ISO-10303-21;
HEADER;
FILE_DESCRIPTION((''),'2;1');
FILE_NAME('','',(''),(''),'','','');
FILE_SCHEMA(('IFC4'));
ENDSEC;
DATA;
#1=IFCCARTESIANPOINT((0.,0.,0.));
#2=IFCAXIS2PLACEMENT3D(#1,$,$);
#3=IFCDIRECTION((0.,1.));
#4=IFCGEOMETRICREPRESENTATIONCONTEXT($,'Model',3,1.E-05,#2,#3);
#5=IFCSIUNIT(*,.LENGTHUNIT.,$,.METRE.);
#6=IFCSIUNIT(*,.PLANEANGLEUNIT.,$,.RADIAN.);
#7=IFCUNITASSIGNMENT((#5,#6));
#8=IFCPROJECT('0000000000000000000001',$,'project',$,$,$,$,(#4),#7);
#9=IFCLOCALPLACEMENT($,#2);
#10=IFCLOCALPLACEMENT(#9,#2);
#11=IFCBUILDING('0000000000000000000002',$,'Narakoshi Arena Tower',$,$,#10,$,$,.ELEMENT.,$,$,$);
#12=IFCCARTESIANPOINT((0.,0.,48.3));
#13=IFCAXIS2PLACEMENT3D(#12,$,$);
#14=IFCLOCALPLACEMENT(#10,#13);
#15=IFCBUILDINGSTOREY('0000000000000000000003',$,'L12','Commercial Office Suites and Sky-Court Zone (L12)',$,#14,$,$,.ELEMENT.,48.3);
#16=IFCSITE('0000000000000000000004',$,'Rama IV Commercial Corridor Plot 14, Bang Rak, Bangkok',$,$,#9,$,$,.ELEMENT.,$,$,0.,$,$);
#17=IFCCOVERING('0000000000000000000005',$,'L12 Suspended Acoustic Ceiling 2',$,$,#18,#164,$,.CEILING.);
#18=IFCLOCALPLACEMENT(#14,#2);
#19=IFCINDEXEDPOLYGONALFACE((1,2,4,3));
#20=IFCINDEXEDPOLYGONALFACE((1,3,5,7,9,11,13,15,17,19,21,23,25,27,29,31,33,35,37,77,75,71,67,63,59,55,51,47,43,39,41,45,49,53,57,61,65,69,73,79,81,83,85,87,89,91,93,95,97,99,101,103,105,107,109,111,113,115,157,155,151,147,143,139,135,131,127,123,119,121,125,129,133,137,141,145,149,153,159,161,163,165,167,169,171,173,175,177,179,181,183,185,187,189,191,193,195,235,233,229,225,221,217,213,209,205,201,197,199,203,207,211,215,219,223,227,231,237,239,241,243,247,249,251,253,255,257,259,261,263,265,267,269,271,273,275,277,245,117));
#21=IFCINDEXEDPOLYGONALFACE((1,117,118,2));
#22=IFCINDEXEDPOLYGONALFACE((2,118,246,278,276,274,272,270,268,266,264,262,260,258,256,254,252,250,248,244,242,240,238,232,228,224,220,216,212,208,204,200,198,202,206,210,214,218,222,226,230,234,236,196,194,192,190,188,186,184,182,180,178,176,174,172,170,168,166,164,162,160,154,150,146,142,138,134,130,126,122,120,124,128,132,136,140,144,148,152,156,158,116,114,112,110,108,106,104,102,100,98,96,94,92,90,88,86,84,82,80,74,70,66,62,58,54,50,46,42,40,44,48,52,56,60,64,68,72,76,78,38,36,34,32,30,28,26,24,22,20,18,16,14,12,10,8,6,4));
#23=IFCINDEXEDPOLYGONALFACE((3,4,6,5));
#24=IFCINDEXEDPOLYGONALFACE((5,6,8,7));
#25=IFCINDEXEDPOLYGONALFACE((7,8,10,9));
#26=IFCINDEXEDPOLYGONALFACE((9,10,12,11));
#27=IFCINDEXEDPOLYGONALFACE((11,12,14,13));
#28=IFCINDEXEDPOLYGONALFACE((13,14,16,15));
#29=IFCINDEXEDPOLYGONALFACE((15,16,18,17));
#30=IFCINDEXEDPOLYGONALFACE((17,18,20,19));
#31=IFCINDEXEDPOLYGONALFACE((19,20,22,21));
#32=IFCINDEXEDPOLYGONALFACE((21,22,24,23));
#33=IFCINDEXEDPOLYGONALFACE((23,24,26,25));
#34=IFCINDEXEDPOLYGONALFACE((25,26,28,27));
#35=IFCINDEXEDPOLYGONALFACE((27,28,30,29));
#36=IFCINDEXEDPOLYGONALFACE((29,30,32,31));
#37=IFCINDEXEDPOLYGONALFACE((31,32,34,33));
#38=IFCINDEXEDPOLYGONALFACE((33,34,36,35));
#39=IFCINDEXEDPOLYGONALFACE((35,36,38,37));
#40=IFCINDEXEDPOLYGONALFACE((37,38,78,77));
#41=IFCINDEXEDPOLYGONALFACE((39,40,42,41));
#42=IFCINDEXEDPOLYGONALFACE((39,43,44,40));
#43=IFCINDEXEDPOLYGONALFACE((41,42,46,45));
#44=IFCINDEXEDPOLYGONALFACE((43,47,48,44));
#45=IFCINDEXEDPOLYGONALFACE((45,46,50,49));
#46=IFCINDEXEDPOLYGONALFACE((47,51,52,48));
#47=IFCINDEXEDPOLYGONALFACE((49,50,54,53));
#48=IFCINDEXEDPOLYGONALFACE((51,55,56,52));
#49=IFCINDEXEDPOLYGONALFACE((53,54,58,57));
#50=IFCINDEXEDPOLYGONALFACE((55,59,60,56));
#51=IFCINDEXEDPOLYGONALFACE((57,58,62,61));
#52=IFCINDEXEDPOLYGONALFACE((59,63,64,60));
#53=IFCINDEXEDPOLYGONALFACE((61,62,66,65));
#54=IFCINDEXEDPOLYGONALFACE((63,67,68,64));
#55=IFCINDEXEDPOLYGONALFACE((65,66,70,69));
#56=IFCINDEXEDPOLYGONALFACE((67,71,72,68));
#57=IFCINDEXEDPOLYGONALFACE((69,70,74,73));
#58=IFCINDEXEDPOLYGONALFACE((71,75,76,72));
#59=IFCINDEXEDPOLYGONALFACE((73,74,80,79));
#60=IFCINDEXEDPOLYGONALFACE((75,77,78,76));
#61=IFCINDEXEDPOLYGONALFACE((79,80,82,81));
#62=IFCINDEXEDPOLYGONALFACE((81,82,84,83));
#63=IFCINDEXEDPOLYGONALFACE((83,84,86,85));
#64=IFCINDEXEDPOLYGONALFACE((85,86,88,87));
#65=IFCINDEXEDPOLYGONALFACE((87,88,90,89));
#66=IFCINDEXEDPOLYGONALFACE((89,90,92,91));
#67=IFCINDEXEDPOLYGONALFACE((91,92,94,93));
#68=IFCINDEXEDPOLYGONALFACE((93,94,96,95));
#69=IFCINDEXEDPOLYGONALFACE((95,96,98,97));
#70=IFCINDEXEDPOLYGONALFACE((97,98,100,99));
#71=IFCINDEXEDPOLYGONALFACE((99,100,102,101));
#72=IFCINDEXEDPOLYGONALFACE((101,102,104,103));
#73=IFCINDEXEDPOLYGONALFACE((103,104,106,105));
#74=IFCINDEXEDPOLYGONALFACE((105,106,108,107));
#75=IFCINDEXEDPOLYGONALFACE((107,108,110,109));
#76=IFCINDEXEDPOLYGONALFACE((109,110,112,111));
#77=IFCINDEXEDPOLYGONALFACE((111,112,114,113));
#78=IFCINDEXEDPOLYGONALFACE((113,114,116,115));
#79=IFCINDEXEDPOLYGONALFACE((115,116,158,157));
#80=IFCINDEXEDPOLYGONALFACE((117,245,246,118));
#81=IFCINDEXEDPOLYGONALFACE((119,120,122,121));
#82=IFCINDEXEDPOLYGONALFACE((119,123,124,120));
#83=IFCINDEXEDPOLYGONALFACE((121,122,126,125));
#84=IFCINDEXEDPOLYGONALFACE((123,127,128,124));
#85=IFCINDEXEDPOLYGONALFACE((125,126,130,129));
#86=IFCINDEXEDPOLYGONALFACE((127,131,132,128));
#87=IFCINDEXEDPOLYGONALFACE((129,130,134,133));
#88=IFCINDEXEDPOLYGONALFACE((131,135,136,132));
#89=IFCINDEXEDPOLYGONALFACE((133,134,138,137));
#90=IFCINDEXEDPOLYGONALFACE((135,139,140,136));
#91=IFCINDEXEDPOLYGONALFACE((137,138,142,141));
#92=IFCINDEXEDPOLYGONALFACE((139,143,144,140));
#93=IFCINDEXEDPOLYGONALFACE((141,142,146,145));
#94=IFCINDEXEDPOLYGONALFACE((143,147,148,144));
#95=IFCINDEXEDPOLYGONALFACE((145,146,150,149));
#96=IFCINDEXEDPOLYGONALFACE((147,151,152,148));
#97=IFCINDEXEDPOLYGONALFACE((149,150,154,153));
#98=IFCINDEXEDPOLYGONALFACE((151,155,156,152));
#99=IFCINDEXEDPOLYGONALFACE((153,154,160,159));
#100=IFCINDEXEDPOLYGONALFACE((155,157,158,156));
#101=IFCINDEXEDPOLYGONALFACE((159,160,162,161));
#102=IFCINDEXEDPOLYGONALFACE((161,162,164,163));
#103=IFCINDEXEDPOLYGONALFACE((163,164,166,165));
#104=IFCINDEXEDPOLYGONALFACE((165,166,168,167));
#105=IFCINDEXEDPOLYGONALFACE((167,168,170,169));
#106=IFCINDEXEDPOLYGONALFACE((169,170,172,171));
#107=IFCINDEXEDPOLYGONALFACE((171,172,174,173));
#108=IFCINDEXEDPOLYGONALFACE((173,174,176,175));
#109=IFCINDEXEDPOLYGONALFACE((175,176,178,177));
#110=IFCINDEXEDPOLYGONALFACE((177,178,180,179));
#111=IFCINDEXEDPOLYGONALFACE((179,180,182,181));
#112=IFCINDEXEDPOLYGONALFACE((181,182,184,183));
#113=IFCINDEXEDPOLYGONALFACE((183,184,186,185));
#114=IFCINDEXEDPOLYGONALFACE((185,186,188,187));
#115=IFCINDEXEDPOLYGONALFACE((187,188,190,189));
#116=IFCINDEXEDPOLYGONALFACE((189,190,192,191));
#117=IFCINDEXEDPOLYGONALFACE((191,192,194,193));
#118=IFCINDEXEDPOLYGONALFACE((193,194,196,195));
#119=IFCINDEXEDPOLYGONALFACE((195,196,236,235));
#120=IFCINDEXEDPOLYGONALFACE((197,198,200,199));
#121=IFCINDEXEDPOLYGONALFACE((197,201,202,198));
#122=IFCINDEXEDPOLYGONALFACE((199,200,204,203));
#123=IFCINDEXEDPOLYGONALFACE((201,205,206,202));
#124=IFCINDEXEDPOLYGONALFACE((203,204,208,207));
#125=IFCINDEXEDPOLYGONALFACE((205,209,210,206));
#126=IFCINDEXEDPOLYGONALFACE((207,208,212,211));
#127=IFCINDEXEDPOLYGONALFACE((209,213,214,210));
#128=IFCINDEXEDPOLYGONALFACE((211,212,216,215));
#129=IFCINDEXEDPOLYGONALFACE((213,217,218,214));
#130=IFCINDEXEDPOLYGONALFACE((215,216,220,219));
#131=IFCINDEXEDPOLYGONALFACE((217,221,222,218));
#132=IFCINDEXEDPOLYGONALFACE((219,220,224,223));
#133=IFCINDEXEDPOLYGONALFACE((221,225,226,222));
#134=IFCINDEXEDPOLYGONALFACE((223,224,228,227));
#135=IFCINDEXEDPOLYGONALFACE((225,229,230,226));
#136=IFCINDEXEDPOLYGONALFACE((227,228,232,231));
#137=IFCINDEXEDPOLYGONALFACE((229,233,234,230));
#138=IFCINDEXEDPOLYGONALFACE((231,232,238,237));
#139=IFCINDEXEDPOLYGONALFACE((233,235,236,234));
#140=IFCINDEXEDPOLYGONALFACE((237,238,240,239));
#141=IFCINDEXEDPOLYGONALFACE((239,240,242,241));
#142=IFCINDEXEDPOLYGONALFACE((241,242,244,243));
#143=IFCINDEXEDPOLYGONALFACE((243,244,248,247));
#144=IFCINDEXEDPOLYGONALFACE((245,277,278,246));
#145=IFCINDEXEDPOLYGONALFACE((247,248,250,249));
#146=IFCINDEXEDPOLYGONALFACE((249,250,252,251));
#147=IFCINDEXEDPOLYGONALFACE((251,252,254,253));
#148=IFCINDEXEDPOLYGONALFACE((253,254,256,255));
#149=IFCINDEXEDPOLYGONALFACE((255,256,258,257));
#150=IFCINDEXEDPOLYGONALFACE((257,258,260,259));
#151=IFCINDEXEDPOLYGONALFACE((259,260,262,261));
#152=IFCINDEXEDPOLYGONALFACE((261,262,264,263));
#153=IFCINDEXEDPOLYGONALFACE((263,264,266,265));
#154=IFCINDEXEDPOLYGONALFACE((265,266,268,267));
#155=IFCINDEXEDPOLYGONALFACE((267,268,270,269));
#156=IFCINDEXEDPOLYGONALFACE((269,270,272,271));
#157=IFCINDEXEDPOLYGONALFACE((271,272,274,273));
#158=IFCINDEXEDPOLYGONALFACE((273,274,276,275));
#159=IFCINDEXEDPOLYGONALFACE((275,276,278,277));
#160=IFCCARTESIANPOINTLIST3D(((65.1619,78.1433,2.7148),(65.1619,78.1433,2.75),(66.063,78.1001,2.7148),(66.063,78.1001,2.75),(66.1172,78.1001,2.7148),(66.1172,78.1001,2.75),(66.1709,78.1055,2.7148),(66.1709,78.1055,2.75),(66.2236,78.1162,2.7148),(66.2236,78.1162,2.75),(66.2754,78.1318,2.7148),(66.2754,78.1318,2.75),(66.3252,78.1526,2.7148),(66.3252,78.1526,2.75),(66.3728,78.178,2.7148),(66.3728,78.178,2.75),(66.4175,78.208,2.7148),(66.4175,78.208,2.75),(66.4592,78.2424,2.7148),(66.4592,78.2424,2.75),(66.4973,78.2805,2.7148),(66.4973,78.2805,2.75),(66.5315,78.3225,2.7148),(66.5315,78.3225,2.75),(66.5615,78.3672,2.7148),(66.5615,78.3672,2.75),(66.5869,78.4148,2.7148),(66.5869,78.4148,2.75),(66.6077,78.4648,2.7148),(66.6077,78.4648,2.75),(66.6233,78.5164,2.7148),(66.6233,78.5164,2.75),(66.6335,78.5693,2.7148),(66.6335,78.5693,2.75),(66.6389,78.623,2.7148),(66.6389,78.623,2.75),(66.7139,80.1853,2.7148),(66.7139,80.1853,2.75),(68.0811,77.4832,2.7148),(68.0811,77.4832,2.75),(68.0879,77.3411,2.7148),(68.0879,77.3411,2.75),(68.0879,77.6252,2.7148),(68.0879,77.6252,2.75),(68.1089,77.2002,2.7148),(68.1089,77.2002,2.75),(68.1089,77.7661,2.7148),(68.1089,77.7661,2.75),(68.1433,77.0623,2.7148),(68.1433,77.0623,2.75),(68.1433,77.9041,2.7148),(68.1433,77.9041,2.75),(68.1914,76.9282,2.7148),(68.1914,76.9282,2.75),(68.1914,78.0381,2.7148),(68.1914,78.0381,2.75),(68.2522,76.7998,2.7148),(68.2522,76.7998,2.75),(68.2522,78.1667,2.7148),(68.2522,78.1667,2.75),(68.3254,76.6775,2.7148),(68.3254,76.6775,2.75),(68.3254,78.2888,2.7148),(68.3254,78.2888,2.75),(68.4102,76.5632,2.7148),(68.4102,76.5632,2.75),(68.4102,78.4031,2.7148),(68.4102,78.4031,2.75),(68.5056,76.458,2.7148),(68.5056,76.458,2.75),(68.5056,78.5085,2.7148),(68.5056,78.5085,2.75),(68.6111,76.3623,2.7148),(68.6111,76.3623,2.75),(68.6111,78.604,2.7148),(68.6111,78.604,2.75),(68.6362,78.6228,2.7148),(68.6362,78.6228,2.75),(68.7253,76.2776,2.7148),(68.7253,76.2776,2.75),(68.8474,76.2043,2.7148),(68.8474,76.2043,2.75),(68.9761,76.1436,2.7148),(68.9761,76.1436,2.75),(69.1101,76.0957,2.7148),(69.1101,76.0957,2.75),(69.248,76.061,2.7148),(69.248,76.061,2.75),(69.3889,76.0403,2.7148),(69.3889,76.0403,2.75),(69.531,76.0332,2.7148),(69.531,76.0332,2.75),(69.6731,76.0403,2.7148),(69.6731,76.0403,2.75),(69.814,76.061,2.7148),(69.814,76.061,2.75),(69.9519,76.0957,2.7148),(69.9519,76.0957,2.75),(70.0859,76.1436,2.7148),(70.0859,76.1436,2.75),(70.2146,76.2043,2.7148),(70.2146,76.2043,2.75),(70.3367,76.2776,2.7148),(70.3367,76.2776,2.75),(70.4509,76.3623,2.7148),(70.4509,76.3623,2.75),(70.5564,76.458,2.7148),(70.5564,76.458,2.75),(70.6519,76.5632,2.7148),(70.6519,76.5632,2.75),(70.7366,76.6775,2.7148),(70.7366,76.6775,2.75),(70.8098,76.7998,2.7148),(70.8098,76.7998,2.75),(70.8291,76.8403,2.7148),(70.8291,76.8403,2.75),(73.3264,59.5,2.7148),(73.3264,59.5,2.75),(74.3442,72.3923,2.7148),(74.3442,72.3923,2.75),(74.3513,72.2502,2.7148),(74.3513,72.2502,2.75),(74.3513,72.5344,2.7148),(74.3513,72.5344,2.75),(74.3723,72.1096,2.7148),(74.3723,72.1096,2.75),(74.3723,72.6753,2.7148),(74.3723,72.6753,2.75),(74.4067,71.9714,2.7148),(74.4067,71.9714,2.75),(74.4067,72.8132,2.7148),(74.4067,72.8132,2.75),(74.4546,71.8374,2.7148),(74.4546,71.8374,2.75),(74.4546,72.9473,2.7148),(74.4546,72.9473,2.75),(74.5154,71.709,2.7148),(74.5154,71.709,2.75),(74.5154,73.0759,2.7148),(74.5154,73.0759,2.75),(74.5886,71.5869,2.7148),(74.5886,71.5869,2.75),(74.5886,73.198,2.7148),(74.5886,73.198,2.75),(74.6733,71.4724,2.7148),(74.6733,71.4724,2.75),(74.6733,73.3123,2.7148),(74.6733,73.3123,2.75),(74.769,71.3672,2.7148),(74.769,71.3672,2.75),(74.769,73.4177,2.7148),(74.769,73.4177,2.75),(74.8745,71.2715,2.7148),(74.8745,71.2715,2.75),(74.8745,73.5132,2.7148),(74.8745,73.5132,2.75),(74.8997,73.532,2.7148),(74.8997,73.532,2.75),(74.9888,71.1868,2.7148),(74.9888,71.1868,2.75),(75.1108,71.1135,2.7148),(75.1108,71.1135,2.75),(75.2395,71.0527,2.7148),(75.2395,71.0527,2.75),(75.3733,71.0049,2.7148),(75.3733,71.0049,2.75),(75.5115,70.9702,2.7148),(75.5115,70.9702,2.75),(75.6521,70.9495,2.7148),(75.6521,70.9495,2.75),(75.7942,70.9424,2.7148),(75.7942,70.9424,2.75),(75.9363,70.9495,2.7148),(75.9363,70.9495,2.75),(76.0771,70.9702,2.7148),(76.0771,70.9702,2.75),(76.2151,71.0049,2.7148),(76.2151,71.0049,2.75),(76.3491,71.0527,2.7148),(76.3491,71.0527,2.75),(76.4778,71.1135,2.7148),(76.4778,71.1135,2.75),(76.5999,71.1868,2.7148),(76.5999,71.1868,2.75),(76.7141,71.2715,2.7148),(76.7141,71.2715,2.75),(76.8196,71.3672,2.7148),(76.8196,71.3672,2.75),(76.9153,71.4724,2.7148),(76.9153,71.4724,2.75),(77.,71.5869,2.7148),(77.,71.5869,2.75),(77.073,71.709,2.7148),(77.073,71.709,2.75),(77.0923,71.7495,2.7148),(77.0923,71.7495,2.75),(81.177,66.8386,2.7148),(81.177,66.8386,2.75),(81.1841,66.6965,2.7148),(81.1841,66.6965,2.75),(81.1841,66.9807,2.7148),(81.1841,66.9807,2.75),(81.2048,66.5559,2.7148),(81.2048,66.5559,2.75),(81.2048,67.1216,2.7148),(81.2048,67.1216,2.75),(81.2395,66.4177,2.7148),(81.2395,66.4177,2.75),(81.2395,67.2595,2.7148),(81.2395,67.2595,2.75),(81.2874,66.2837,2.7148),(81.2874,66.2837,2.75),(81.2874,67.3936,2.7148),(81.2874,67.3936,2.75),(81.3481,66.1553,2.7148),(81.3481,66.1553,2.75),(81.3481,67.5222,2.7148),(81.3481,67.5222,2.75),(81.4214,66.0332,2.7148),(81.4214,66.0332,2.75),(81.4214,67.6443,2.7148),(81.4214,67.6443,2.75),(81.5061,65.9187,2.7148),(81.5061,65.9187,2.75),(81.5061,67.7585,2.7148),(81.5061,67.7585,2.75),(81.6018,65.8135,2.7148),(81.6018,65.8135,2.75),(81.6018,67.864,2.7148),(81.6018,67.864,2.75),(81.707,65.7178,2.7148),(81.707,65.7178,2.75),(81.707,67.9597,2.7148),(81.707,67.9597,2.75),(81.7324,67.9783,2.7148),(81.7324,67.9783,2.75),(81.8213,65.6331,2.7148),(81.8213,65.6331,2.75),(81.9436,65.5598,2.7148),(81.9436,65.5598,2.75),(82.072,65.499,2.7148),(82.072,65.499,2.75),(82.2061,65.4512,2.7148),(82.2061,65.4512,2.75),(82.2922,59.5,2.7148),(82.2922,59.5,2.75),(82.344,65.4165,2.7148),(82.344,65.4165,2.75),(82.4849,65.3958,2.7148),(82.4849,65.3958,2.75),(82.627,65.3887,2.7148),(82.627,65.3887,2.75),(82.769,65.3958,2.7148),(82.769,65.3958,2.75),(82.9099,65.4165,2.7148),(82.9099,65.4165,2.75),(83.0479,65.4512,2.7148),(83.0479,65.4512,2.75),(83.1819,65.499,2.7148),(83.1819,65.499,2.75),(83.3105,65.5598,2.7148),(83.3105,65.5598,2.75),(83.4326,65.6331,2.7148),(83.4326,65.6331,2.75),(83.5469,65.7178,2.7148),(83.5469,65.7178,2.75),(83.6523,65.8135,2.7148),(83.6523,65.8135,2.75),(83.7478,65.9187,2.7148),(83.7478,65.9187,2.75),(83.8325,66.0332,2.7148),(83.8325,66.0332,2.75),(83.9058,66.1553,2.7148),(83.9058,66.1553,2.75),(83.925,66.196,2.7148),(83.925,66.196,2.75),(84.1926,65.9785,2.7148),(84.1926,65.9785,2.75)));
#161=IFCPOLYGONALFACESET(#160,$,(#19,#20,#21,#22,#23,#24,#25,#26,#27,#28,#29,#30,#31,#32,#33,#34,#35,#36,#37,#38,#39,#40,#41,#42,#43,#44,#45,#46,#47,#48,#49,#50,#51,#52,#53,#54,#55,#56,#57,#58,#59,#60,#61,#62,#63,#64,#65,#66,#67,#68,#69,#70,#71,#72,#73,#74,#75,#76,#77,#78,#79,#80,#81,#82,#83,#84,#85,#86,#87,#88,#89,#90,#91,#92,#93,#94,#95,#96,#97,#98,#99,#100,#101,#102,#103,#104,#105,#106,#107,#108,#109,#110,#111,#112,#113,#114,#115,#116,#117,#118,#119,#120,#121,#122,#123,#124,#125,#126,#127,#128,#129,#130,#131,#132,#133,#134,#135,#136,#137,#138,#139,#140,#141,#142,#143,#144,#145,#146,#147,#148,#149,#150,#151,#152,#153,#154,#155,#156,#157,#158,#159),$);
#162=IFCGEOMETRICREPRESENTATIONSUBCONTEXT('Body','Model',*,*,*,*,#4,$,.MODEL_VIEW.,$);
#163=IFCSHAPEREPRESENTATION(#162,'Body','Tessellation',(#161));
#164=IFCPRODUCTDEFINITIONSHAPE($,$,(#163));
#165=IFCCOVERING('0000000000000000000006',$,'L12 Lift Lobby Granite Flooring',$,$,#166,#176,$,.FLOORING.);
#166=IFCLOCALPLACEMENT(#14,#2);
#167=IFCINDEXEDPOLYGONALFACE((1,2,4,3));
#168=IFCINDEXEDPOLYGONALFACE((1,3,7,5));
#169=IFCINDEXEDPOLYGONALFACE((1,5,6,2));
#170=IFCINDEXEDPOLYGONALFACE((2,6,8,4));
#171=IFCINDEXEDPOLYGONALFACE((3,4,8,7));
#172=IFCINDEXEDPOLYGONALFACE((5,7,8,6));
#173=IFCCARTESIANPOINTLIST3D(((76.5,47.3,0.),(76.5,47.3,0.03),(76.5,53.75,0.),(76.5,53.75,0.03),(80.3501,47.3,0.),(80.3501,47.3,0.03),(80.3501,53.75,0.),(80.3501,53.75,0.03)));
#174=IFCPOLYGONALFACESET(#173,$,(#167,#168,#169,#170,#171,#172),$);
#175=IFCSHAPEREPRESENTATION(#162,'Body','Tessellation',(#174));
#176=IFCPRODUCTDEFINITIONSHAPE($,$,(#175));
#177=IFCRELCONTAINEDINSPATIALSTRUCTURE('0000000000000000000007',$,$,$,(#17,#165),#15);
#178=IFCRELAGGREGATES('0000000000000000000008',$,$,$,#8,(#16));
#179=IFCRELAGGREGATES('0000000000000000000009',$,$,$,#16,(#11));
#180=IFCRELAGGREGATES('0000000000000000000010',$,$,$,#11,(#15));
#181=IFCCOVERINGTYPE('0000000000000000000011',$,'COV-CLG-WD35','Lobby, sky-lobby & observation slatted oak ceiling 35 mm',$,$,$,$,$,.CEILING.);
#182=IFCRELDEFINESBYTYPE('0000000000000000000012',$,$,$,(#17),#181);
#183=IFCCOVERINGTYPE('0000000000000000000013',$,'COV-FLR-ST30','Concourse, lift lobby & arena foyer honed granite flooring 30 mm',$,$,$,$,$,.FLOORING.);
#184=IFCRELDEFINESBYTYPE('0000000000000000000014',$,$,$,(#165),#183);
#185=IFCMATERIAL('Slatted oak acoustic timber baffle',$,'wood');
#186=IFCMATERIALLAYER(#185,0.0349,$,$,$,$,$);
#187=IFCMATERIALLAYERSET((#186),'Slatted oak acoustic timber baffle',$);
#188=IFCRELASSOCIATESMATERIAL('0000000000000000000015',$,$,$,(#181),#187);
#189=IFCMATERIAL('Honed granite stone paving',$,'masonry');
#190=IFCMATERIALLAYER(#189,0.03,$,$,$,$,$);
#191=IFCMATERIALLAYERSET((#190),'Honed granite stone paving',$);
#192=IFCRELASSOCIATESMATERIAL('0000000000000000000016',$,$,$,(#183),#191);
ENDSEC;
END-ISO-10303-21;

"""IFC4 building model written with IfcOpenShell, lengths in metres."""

from ifc_helpers import new_model, si_unit, direction, frame, origin, place, context, subcontext, project, spatial, polyline, outline, extrude, material, layer, layer_set, type_object, element, save


model = new_model("IFC4")

# Units and contexts
model_context = context("Model", 3, precision=1e-05, world=origin(), true_north=direction((0.0, 1.0)))
body_context = subcontext(model_context, "Body", "Model", "MODEL_VIEW")
ifc_project = project(units=[si_unit("LENGTHUNIT", "METRE"), si_unit("PLANEANGLEUNIT", "RADIAN")], contexts=[model_context])

# Site, building, storey
site_placement = place(None, origin())
site = spatial("IfcSite", under=ifc_project, at=site_placement, Name="Rama IV Commercial Corridor Plot 14, Bang Rak, Bangkok", CompositionType="ELEMENT", RefElevation=0.0)
building_placement = place(site_placement, origin())
building = spatial("IfcBuilding", under=site, at=building_placement, Name="Narakoshi Arena Tower", CompositionType="ELEMENT")
storey_placement = place(building_placement, frame((0.0, 0.0, 48.3)))
storey = spatial("IfcBuildingStorey", under=building, at=storey_placement, Name="L12", Description="Commercial Office Suites and Sky-Court Zone (L12)", CompositionType="ELEMENT", Elevation=48.3)

# Coverings
ifc_material_1 = material(Name="Slatted oak acoustic timber baffle", Category="wood")
ifc_layer_1 = layer(ifc_material_1, 0.0349)
ifc_layer_set_1 = layer_set([ifc_layer_1], Name="Slatted oak acoustic timber baffle")
covering_type_1 = type_object("IfcCoveringType", Name="COV-CLG-WD35", Description="Lobby, sky-lobby & observation slatted oak ceiling 35 mm", PredefinedType="CEILING", material=ifc_layer_set_1)
covering_1_placement = place(storey_placement, frame((0.0, 0.0, 2.7148)))
element("IfcCovering", 1, at=covering_1_placement, inside=storey, type_object=covering_type_1, Name="L12 Suspended Acoustic Ceiling 2", PredefinedType="CEILING", context=body_context, shape_type="SweptSolid", body=[
    extrude(outline(polyline([(66.1172, 78.1001), (66.1709, 78.1055), (66.2236, 78.1162), (66.2754, 78.1318), (66.3252, 78.1526), (66.3728, 78.178), (66.4175, 78.208), (66.4592, 78.2424), (66.4973, 78.2805), (66.5315, 78.3225), (66.5615, 78.3672), (66.5869, 78.4148), (66.6077, 78.4648), (66.6233, 78.5164), (66.6335, 78.5693), (66.6389, 78.623), (66.7139, 80.1853), (68.6362, 78.6228), (68.6111, 78.604), (68.5056, 78.5085), (68.4102, 78.4031), (68.3254, 78.2888), (68.2522, 78.1667), (68.1914, 78.0381), (68.1433, 77.9041), (68.1089, 77.7661), (68.0879, 77.6252), (68.0811, 77.4832), (68.0879, 77.3411), (68.1089, 77.2002), (68.1433, 77.0623), (68.1914, 76.9282), (68.2522, 76.7998), (68.3254, 76.6775), (68.4102, 76.5632), (68.5056, 76.458), (68.6111, 76.3623), (68.7253, 76.2776), (68.8474, 76.2043), (68.9761, 76.1436), (69.1101, 76.0957), (69.248, 76.061), (69.3889, 76.0403), (69.531, 76.0332), (69.6731, 76.0403), (69.814, 76.061), (69.9519, 76.0957), (70.0859, 76.1436), (70.2146, 76.2043), (70.3367, 76.2776), (70.4509, 76.3623), (70.5564, 76.458), (70.6519, 76.5632), (70.7366, 76.6775), (70.8098, 76.7998), (70.8291, 76.8403), (74.8997, 73.532), (74.8745, 73.5132), (74.769, 73.4177), (74.6733, 73.3123), (74.5886, 73.198), (74.5154, 73.0759), (74.4546, 72.9473), (74.4067, 72.8132), (74.3723, 72.6753), (74.3513, 72.5344), (74.3442, 72.3923), (74.3513, 72.2502), (74.3723, 72.1096), (74.4067, 71.9714), (74.4546, 71.8374), (74.5154, 71.709), (74.5886, 71.5869), (74.6733, 71.4724), (74.769, 71.3672), (74.8745, 71.2715), (74.9888, 71.1868), (75.1108, 71.1135), (75.2395, 71.0527), (75.3733, 71.0049), (75.5115, 70.9702), (75.6521, 70.9495), (75.7942, 70.9424), (75.9363, 70.9495), (76.0771, 70.9702), (76.2151, 71.0049), (76.3491, 71.0527), (76.4778, 71.1135), (76.5999, 71.1868), (76.7141, 71.2715), (76.8196, 71.3672), (76.9153, 71.4724), (77.0, 71.5869), (77.073, 71.709), (77.0923, 71.7495), (81.7324, 67.9783), (81.707, 67.9597), (81.6018, 67.864), (81.5061, 67.7585), (81.4214, 67.6443), (81.3481, 67.5222), (81.2874, 67.3936), (81.2395, 67.2595), (81.2048, 67.1216), (81.1841, 66.9807), (81.177, 66.8386), (81.1841, 66.6965), (81.2048, 66.5559), (81.2395, 66.4177), (81.2874, 66.2837), (81.3481, 66.1553), (81.4214, 66.0332), (81.5061, 65.9187), (81.6018, 65.8135), (81.707, 65.7178), (81.8213, 65.6331), (81.9436, 65.5598), (82.072, 65.499), (82.2061, 65.4512), (82.344, 65.4165), (82.4849, 65.3958), (82.627, 65.3887), (82.769, 65.3958), (82.9099, 65.4165), (83.0479, 65.4512), (83.1819, 65.499), (83.3105, 65.5598), (83.4326, 65.6331), (83.5469, 65.7178), (83.6523, 65.8135), (83.7478, 65.9187), (83.8325, 66.0332), (83.9058, 66.1553), (83.925, 66.196), (84.1926, 65.9785), (82.2922, 59.5), (73.3264, 59.5), (65.1619, 78.1433), (66.063, 78.1001), (66.1172, 78.1001)])), origin(), (0.0, 0.0, 1.0), 0.0352),
])
ifc_material_2 = material(Name="Honed granite stone paving", Category="masonry")
ifc_layer_2 = layer(ifc_material_2, 0.03)
ifc_layer_set_2 = layer_set([ifc_layer_2], Name="Honed granite stone paving")
covering_type_2 = type_object("IfcCoveringType", Name="COV-FLR-ST30", Description="Concourse, lift lobby & arena foyer honed granite flooring 30 mm", PredefinedType="FLOORING", material=ifc_layer_set_2)
covering_2_placement = place(storey_placement, origin())
element("IfcCovering", 2, at=covering_2_placement, inside=storey, type_object=covering_type_2, Name="L12 Lift Lobby Granite Flooring", PredefinedType="FLOORING", context=body_context, shape_type="SweptSolid", body=[
    extrude(outline(polyline([(76.5, 47.3), (80.3501, 47.3), (80.3501, 53.75), (76.5, 53.75), (76.5, 47.3)])), origin(), (0.0, 0.0, 1.0), 0.03),
])

save(model, "model.ifc")
